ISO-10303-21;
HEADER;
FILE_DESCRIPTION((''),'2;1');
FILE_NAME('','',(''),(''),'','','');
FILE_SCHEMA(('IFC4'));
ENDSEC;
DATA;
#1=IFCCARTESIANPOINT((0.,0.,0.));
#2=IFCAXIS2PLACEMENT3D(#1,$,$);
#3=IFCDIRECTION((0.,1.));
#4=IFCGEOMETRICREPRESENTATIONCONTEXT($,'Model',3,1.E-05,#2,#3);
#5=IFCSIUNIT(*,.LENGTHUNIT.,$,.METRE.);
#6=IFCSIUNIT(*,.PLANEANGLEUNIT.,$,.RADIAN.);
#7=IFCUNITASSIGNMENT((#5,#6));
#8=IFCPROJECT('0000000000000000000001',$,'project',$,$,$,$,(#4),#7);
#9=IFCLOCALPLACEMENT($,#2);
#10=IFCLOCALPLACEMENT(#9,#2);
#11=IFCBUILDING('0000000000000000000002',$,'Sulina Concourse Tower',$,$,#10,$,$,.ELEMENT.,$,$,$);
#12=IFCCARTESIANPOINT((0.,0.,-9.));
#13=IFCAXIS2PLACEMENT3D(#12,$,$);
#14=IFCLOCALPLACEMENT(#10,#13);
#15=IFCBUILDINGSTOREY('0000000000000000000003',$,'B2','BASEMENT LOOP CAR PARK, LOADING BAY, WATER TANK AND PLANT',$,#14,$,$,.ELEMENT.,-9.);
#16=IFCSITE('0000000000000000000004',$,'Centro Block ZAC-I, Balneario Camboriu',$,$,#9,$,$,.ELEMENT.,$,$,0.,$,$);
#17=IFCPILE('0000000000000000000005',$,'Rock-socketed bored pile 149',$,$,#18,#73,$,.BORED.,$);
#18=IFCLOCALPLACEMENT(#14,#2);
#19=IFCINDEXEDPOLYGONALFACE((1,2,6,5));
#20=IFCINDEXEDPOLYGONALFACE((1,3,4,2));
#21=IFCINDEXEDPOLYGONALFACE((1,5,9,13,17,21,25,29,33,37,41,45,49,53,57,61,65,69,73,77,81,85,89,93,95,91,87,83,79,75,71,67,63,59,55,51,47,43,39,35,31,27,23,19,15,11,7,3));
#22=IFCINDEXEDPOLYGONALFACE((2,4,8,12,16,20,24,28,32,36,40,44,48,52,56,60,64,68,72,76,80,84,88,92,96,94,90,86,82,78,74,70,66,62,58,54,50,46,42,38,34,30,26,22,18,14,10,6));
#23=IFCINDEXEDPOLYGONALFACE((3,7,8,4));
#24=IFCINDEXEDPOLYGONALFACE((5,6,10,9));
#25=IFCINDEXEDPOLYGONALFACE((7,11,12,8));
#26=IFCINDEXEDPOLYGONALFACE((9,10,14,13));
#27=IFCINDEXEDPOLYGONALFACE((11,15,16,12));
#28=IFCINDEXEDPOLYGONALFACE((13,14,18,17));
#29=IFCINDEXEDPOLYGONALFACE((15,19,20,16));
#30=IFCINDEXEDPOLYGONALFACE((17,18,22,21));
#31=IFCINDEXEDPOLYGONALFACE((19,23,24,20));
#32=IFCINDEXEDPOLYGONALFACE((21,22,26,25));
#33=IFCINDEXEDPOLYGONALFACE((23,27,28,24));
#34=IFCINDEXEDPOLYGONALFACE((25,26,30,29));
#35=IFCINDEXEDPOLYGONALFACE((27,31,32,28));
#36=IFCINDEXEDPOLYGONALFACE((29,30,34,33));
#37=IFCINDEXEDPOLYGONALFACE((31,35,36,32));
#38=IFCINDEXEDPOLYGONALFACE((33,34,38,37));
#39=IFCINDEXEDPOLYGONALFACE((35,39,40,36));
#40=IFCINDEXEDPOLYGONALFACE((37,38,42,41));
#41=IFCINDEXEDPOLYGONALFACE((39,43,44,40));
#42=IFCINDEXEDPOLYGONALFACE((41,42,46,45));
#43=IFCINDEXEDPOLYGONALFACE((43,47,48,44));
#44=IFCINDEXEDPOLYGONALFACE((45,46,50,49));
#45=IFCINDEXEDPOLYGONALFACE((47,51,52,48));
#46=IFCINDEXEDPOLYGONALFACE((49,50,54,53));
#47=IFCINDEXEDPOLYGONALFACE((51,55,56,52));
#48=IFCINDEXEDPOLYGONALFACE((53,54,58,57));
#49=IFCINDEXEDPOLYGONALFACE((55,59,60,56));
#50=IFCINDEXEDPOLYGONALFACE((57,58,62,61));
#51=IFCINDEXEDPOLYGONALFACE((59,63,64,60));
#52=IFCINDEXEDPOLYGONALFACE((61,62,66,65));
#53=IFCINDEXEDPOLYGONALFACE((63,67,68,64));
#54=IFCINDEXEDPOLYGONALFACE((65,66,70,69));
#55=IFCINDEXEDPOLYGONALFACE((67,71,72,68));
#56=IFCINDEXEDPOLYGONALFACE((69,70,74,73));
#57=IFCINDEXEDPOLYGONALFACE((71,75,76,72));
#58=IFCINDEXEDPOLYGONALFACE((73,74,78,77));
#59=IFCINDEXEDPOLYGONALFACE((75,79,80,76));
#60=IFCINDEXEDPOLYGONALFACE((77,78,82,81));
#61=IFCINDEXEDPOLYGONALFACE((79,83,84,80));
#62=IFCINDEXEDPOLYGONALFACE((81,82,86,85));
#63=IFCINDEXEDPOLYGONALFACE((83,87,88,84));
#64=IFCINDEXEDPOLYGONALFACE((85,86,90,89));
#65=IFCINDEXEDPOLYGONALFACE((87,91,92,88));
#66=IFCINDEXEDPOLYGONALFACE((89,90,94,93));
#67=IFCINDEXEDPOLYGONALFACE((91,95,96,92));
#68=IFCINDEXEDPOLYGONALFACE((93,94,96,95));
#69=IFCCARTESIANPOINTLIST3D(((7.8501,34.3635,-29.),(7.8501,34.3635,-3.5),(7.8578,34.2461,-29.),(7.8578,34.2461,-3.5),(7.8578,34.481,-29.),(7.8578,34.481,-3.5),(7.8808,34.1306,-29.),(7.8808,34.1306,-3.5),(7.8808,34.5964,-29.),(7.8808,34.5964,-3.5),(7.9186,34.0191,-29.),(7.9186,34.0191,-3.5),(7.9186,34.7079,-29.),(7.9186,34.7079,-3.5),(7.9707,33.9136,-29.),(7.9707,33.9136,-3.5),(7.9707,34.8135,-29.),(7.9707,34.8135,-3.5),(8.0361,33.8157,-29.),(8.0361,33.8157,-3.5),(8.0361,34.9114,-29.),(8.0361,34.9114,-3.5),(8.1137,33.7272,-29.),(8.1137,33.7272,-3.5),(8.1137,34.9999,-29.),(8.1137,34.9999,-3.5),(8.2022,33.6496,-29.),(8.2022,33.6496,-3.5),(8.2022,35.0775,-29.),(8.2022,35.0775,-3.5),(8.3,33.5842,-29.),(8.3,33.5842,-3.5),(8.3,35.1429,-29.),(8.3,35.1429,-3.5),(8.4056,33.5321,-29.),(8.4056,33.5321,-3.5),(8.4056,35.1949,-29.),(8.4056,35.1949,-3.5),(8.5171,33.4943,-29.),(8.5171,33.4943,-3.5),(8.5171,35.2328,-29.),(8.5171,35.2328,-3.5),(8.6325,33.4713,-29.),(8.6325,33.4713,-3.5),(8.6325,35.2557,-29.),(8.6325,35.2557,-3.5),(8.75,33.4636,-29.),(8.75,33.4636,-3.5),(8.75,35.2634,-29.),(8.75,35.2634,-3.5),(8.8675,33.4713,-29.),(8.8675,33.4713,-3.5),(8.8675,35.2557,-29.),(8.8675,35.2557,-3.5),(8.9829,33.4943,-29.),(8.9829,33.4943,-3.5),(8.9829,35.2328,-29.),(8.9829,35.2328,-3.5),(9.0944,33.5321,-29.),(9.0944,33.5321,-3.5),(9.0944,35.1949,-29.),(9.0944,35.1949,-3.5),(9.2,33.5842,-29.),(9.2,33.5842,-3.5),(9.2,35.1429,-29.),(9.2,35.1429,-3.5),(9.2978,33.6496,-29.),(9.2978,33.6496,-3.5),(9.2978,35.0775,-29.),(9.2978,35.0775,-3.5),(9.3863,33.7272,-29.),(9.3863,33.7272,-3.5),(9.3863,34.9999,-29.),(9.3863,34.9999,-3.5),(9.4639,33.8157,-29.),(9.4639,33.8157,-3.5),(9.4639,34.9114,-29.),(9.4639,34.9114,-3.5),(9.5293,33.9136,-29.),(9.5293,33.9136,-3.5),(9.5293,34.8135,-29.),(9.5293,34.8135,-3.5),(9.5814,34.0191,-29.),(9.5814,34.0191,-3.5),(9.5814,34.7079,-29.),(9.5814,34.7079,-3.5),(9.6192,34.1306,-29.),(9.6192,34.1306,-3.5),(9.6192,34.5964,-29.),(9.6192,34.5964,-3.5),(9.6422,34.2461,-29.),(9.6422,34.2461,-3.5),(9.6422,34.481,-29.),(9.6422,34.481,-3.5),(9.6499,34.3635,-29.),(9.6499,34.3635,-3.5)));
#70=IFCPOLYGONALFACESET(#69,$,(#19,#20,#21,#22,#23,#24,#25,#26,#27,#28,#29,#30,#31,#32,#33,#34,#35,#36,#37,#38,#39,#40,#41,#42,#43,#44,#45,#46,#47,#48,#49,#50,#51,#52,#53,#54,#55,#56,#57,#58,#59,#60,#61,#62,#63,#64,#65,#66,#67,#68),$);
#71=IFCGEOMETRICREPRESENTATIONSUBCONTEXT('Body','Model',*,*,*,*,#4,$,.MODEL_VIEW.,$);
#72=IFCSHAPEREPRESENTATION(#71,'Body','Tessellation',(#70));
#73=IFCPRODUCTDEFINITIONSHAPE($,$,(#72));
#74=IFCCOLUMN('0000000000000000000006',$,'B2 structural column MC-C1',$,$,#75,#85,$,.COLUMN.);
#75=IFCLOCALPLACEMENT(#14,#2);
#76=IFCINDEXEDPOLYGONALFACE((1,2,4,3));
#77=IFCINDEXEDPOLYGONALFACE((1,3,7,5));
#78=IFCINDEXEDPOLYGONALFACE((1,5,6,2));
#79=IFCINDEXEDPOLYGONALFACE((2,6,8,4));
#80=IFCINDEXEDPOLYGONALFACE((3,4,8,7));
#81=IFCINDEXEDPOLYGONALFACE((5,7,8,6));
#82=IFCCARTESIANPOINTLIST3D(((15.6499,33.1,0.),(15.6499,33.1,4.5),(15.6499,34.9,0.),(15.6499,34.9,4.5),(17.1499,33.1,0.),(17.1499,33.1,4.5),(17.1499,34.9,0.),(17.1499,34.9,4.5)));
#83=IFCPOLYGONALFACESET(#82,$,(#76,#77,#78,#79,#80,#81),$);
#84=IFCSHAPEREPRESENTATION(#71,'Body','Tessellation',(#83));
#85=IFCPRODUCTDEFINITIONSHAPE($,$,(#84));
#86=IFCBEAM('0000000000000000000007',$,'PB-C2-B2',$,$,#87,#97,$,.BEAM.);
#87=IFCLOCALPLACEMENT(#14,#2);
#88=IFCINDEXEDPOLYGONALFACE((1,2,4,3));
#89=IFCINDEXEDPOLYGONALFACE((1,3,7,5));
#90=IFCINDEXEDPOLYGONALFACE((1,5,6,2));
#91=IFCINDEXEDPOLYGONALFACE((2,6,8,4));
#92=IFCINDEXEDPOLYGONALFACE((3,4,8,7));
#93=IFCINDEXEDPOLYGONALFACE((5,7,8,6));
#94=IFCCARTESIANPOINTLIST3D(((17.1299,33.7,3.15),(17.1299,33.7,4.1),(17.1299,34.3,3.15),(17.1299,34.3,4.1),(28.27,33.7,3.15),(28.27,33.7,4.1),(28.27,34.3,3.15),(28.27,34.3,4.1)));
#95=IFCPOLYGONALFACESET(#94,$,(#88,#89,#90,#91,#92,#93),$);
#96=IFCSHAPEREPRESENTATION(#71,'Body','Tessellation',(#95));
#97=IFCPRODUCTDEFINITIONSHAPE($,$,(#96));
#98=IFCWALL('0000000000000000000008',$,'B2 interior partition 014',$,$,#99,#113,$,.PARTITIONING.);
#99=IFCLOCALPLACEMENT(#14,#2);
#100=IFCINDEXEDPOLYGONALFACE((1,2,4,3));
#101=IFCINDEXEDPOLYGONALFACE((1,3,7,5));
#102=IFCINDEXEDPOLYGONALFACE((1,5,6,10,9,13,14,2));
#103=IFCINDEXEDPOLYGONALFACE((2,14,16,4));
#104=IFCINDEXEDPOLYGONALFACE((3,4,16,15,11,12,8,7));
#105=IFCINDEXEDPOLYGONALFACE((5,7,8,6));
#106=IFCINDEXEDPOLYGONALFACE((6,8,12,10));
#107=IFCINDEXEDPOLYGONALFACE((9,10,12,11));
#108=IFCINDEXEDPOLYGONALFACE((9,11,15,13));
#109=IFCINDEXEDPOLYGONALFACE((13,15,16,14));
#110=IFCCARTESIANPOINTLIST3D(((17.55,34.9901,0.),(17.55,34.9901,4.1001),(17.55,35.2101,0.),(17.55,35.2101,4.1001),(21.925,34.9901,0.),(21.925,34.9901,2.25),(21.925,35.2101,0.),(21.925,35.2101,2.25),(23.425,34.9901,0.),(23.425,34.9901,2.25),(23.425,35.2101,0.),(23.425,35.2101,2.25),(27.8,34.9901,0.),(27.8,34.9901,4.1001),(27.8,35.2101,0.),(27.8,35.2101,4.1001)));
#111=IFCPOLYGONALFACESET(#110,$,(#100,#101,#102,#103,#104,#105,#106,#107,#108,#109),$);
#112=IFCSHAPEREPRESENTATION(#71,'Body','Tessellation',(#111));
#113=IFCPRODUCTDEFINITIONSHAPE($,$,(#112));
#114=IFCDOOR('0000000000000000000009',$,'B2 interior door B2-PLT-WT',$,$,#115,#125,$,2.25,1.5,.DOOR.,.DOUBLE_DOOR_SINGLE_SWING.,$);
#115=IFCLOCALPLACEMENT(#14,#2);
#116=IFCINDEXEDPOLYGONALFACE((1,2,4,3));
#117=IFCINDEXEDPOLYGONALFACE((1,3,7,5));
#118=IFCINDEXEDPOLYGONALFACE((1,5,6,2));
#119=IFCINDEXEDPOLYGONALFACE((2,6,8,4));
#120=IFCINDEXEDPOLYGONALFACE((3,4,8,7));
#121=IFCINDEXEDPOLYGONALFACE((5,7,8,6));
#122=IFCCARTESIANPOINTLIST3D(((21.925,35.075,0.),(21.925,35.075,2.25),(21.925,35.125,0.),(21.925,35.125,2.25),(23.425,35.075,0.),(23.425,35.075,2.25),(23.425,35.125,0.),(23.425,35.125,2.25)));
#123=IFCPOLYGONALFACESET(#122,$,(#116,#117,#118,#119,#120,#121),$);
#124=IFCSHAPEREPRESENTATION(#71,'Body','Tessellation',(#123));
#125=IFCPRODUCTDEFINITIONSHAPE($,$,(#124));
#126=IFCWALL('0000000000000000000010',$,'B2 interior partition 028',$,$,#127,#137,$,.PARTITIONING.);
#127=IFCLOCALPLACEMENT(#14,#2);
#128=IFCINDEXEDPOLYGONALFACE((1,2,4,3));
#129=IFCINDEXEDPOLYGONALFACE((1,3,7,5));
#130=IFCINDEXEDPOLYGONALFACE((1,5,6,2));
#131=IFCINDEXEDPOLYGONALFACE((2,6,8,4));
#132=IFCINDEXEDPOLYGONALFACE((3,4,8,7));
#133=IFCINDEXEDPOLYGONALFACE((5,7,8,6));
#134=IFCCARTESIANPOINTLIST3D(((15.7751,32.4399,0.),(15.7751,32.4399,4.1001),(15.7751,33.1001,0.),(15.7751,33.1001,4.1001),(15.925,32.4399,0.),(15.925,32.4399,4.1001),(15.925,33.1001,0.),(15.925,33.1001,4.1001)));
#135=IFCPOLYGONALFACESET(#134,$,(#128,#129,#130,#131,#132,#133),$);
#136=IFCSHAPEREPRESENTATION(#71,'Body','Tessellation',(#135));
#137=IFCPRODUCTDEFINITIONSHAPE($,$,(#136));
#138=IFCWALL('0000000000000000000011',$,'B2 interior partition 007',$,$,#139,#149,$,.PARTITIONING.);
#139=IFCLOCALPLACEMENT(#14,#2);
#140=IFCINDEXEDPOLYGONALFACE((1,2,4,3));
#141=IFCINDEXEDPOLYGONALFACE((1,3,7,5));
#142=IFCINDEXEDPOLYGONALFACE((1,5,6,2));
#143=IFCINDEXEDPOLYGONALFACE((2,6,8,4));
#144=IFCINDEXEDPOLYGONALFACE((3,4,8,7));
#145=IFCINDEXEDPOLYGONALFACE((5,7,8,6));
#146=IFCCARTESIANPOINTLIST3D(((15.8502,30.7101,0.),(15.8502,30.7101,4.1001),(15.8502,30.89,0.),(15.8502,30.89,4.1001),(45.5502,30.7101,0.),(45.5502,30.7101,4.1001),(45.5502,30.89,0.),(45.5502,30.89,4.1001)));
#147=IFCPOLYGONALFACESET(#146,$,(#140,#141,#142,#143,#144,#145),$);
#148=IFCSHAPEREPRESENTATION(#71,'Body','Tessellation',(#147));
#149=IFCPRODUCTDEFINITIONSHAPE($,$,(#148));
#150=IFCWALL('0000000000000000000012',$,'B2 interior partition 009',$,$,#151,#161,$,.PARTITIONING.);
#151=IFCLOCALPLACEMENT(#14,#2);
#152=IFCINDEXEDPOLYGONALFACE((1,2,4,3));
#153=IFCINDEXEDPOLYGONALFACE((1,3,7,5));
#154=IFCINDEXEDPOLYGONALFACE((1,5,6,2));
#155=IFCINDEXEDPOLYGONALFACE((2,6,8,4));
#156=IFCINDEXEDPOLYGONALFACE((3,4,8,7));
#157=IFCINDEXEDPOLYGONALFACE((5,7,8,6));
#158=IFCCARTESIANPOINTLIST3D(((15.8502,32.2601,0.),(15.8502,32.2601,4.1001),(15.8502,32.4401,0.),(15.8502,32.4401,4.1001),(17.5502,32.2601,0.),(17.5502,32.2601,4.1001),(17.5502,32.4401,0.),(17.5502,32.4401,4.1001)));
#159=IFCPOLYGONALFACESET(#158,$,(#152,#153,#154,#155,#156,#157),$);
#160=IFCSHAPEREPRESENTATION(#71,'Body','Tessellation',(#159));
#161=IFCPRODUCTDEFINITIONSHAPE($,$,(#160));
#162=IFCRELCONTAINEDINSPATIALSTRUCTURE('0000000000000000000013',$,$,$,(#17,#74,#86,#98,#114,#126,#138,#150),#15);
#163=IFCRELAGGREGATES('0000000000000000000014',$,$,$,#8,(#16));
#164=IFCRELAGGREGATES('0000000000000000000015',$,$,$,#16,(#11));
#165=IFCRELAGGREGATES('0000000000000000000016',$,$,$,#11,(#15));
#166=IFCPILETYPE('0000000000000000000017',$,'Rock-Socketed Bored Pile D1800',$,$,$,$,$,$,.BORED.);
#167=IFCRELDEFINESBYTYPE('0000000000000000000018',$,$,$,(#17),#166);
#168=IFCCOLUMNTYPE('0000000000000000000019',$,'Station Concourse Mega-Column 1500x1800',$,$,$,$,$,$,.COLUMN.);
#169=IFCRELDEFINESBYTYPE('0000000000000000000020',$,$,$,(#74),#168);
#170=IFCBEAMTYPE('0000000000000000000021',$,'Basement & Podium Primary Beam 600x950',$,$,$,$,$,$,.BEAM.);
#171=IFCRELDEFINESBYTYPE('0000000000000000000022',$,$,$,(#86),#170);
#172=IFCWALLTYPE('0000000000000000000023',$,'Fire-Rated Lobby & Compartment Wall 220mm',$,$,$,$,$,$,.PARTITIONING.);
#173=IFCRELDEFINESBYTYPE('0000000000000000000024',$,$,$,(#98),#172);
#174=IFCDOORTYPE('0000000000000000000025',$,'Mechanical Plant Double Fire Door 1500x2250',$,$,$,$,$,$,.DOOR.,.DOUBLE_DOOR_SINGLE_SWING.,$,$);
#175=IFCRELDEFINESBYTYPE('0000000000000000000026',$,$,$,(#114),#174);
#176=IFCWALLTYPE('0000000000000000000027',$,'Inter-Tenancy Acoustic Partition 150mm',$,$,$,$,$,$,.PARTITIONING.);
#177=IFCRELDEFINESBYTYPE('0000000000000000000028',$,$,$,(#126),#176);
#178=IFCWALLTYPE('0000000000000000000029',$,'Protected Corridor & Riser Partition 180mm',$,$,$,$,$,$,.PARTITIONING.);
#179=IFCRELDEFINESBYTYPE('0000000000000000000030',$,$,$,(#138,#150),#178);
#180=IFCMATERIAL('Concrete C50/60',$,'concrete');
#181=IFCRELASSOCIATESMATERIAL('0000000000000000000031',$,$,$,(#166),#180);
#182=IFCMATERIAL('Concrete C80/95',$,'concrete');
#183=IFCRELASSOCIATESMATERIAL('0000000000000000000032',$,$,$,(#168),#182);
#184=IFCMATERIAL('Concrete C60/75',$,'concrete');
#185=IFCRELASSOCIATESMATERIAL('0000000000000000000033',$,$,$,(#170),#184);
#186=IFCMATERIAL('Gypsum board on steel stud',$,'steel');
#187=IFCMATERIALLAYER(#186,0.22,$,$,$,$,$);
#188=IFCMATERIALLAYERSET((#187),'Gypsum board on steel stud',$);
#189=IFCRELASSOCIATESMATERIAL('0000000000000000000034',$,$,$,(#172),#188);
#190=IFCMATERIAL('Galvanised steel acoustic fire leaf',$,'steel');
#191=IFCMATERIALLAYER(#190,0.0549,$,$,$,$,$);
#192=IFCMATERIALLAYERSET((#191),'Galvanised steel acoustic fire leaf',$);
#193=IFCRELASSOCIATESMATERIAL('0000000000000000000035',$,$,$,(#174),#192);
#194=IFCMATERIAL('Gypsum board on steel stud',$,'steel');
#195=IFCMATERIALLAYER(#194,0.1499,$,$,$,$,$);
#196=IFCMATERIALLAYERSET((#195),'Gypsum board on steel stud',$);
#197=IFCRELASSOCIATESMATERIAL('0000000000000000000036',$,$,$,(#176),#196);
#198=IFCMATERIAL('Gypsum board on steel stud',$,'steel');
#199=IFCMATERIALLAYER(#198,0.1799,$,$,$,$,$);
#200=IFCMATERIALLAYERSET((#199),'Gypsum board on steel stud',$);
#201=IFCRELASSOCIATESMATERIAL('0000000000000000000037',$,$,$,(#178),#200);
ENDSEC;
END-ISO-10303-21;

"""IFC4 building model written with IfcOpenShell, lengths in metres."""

from ifc_helpers import new_model, si_unit, direction, frame, frame_2d, origin, origin_2d, place, context, subcontext, project, spatial, rectangle, circle, extrude, material, layer, layer_set, material_profile, profile_set, type_object, element, fill, save


model = new_model("IFC4")

# Units and contexts
model_context = context("Model", 3, precision=1e-05, world=origin(), true_north=direction((0.0, 1.0)))
body_context = subcontext(model_context, "Body", "Model", "MODEL_VIEW")
ifc_project = project(units=[si_unit("LENGTHUNIT", "METRE"), si_unit("PLANEANGLEUNIT", "RADIAN")], contexts=[model_context])

# Site, building, storey
site_placement = place(None, origin())
site = spatial("IfcSite", under=ifc_project, at=site_placement, Name="Centro Block ZAC-I, Balneario Camboriu", CompositionType="ELEMENT", RefElevation=0.0)
building_placement = place(site_placement, origin())
building = spatial("IfcBuilding", under=site, at=building_placement, Name="Sulina Concourse Tower", CompositionType="ELEMENT")
storey_placement = place(building_placement, frame((0.0, 0.0, -9.0)))
storey = spatial("IfcBuildingStorey", under=building, at=storey_placement, Name="B2", Description="BASEMENT LOOP CAR PARK, LOADING BAY, WATER TANK AND PLANT", CompositionType="ELEMENT", Elevation=-9.0)

# Pile
ifc_material_1 = material(Name="Concrete C50/60", Category="concrete")
ifc_material_profile_1 = material_profile(ifc_material_1, circle(Radius=0.8999, at=origin_2d()), Name="PILE D1800")
ifc_profile_set_1 = profile_set([ifc_material_profile_1], Name="Concrete C50/60")
pile_type_1 = type_object("IfcPileType", Name="Rock-Socketed Bored Pile D1800", PredefinedType="BORED", material=ifc_profile_set_1)
pile_placement = place(storey_placement, frame((8.75, 34.3635, -3.5), z_axis=(0.0, 0.0, -1.0), x_axis=(1.0, 0.0, 0.0)))
element("IfcPile", 1, at=pile_placement, inside=storey, type_object=pile_type_1, Name="Rock-socketed bored pile 149", PredefinedType="BORED", context=body_context, shape_type="SweptSolid", body=[
    extrude(circle(Radius=0.8999, at=origin_2d()), origin(), (0.0, 0.0, 1.0), 25.5),
])

# Column
ifc_material_2 = material(Name="Concrete C80/95", Category="concrete")
ifc_material_profile_2 = material_profile(ifc_material_2, rectangle(XDim=1.5, YDim=1.8, at=origin_2d()), Name="RC 1500x1800")
ifc_profile_set_2 = profile_set([ifc_material_profile_2], Name="Concrete C80/95")
column_type = type_object("IfcColumnType", Name="Station Concourse Mega-Column 1500x1800", PredefinedType="COLUMN", material=ifc_profile_set_2)
column_placement = place(storey_placement, frame((16.3999, 34.0, 0.0), z_axis=(0.0, 0.0, 1.0), x_axis=(1.0, 0.0, 0.0)))
element("IfcColumn", 2, at=column_placement, inside=storey, type_object=column_type, Name="B2 structural column MC-C1", PredefinedType="COLUMN", context=body_context, shape_type="SweptSolid", body=[
    extrude(rectangle(XDim=1.5, YDim=1.8, at=origin_2d()), origin(), (0.0, 0.0, 1.0), 4.5),
])

# Beam
ifc_material_3 = material(Name="Concrete C60/75", Category="concrete")
ifc_material_profile_3 = material_profile(ifc_material_3, rectangle(XDim=0.6001, YDim=0.95, at=origin_2d()), Name="RC 600x950")
ifc_profile_set_3 = profile_set([ifc_material_profile_3], Name="Concrete C60/75")
beam_type = type_object("IfcBeamType", Name="Basement & Podium Primary Beam 600x950", PredefinedType="BEAM", material=ifc_profile_set_3)
beam_placement = place(storey_placement, frame((17.1299, 34.0, 3.625), z_axis=(1.0, 0.0, 0.0), x_axis=(0.0, 1.0, 0.0)))
element("IfcBeam", 3, at=beam_placement, inside=storey, type_object=beam_type, Name="PB-C2-B2", PredefinedType="BEAM", context=body_context, shape_type="SweptSolid", body=[
    extrude(rectangle(XDim=0.6001, YDim=0.95, at=origin_2d()), origin(), (0.0, 0.0, 1.0), 11.1401),
])

# Wall, opening, door
ifc_material_4 = material(Name="Gypsum board on steel stud", Category="steel")
ifc_layer_1 = layer(ifc_material_4, 0.22)
ifc_layer_set_1 = layer_set([ifc_layer_1], Name="Gypsum board on steel stud")
wall_type_1 = type_object("IfcWallType", Name="Fire-Rated Lobby & Compartment Wall 220mm", PredefinedType="PARTITIONING", material=ifc_layer_set_1)
wall_1_placement = place(storey_placement, frame((17.55, 35.1001, 0.0), z_axis=(0.0, 0.0, 1.0), x_axis=(1.0, 0.0, 0.0)))
wall_1 = element("IfcWall", 4, at=wall_1_placement, inside=storey, type_object=wall_type_1, Name="B2 interior partition 014", PredefinedType="PARTITIONING", context=body_context, shape_type="SweptSolid", body=[
    extrude(rectangle(XDim=10.25, YDim=0.22, at=frame_2d((5.125, 0.0))), origin(), (0.0, 0.0, 1.0), 4.1001),
])
opening_1_placement = place(wall_1_placement, frame((4.375, 0.0, 0.0)))
opening_1 = element("IfcOpeningElement", 5, at=opening_1_placement, cuts=wall_1, PredefinedType="OPENING", context=body_context, shape_type="SweptSolid", body=[
    extrude(rectangle(XDim=1.5, YDim=2.25, at=frame_2d((0.75, 1.125))), frame((0.0, 0.1199, 0.0), z_axis=(0.0, -1.0, 0.0), x_axis=(1.0, 0.0, 0.0)), (0.0, 0.0, 1.0), 0.24),
])
ifc_material_5 = material(Name="Galvanised steel acoustic fire leaf", Category="steel")
ifc_layer_2 = layer(ifc_material_5, 0.0549)
ifc_layer_set_2 = layer_set([ifc_layer_2], Name="Galvanised steel acoustic fire leaf")
door_type_1 = type_object("IfcDoorType", Name="Mechanical Plant Double Fire Door 1500x2250", OperationType="DOUBLE_DOOR_SINGLE_SWING", PredefinedType="DOOR", material=ifc_layer_set_2)
door_1_placement = place(opening_1_placement, origin())
door_1 = element("IfcDoor", 6, at=door_1_placement, inside=storey, type_object=door_type_1, Name="B2 interior door B2-PLT-WT", OperationType="DOUBLE_DOOR_SINGLE_SWING", OverallHeight=2.25, OverallWidth=1.5, PredefinedType="DOOR", context=body_context, shape_type="SweptSolid", body=[
    extrude(rectangle(XDim=1.5, YDim=2.25, at=frame_2d((0.75, 1.125))), frame((0.0, 0.0249, 0.0), z_axis=(0.0, -1.0, 0.0), x_axis=(1.0, 0.0, 0.0)), (0.0, 0.0, 1.0), 0.05),
])
fill(opening_1, door_1)

# Walls
ifc_material_6 = material(Name="Gypsum board on steel stud", Category="steel")
ifc_layer_3 = layer(ifc_material_6, 0.1499)
ifc_layer_set_3 = layer_set([ifc_layer_3], Name="Gypsum board on steel stud")
wall_type_2 = type_object("IfcWallType", Name="Inter-Tenancy Acoustic Partition 150mm", PredefinedType="PARTITIONING", material=ifc_layer_set_3)
wall_2_placement = place(storey_placement, frame((15.8501, 32.4399, 0.0), z_axis=(0.0, 0.0, 1.0), x_axis=(0.0, 1.0, 0.0)))
element("IfcWall", 7, at=wall_2_placement, inside=storey, type_object=wall_type_2, Name="B2 interior partition 028", PredefinedType="PARTITIONING", context=body_context, shape_type="SweptSolid", body=[
    extrude(rectangle(XDim=0.6602, YDim=0.1499, at=frame_2d((0.3301, 0.0))), origin(), (0.0, 0.0, 1.0), 4.1001),
])
ifc_material_7 = material(Name="Gypsum board on steel stud", Category="steel")
ifc_layer_4 = layer(ifc_material_7, 0.1799)
ifc_layer_set_4 = layer_set([ifc_layer_4], Name="Gypsum board on steel stud")
wall_type_3 = type_object("IfcWallType", Name="Protected Corridor & Riser Partition 180mm", PredefinedType="PARTITIONING", material=ifc_layer_set_4)
wall_3_placement = place(storey_placement, frame((15.8501, 30.8, 0.0), z_axis=(0.0, 0.0, 1.0), x_axis=(1.0, 0.0, 0.0)))
element("IfcWall", 8, at=wall_3_placement, inside=storey, type_object=wall_type_3, Name="B2 interior partition 007", PredefinedType="PARTITIONING", context=body_context, shape_type="SweptSolid", body=[
    extrude(rectangle(XDim=29.7, YDim=0.1799, at=frame_2d((14.8501, 0.0))), origin(), (0.0, 0.0, 1.0), 4.1001),
])
wall_4_placement = place(storey_placement, frame((15.8501, 32.3501, 0.0), z_axis=(0.0, 0.0, 1.0), x_axis=(1.0, 0.0, 0.0)))
element("IfcWall", 9, at=wall_4_placement, inside=storey, type_object=wall_type_3, Name="B2 interior partition 009", PredefinedType="PARTITIONING", context=body_context, shape_type="SweptSolid", body=[
    extrude(rectangle(XDim=1.7, YDim=0.1799, at=frame_2d((0.8501, 0.0))), origin(), (0.0, 0.0, 1.0), 4.1001),
])

save(model, "model.ifc")
